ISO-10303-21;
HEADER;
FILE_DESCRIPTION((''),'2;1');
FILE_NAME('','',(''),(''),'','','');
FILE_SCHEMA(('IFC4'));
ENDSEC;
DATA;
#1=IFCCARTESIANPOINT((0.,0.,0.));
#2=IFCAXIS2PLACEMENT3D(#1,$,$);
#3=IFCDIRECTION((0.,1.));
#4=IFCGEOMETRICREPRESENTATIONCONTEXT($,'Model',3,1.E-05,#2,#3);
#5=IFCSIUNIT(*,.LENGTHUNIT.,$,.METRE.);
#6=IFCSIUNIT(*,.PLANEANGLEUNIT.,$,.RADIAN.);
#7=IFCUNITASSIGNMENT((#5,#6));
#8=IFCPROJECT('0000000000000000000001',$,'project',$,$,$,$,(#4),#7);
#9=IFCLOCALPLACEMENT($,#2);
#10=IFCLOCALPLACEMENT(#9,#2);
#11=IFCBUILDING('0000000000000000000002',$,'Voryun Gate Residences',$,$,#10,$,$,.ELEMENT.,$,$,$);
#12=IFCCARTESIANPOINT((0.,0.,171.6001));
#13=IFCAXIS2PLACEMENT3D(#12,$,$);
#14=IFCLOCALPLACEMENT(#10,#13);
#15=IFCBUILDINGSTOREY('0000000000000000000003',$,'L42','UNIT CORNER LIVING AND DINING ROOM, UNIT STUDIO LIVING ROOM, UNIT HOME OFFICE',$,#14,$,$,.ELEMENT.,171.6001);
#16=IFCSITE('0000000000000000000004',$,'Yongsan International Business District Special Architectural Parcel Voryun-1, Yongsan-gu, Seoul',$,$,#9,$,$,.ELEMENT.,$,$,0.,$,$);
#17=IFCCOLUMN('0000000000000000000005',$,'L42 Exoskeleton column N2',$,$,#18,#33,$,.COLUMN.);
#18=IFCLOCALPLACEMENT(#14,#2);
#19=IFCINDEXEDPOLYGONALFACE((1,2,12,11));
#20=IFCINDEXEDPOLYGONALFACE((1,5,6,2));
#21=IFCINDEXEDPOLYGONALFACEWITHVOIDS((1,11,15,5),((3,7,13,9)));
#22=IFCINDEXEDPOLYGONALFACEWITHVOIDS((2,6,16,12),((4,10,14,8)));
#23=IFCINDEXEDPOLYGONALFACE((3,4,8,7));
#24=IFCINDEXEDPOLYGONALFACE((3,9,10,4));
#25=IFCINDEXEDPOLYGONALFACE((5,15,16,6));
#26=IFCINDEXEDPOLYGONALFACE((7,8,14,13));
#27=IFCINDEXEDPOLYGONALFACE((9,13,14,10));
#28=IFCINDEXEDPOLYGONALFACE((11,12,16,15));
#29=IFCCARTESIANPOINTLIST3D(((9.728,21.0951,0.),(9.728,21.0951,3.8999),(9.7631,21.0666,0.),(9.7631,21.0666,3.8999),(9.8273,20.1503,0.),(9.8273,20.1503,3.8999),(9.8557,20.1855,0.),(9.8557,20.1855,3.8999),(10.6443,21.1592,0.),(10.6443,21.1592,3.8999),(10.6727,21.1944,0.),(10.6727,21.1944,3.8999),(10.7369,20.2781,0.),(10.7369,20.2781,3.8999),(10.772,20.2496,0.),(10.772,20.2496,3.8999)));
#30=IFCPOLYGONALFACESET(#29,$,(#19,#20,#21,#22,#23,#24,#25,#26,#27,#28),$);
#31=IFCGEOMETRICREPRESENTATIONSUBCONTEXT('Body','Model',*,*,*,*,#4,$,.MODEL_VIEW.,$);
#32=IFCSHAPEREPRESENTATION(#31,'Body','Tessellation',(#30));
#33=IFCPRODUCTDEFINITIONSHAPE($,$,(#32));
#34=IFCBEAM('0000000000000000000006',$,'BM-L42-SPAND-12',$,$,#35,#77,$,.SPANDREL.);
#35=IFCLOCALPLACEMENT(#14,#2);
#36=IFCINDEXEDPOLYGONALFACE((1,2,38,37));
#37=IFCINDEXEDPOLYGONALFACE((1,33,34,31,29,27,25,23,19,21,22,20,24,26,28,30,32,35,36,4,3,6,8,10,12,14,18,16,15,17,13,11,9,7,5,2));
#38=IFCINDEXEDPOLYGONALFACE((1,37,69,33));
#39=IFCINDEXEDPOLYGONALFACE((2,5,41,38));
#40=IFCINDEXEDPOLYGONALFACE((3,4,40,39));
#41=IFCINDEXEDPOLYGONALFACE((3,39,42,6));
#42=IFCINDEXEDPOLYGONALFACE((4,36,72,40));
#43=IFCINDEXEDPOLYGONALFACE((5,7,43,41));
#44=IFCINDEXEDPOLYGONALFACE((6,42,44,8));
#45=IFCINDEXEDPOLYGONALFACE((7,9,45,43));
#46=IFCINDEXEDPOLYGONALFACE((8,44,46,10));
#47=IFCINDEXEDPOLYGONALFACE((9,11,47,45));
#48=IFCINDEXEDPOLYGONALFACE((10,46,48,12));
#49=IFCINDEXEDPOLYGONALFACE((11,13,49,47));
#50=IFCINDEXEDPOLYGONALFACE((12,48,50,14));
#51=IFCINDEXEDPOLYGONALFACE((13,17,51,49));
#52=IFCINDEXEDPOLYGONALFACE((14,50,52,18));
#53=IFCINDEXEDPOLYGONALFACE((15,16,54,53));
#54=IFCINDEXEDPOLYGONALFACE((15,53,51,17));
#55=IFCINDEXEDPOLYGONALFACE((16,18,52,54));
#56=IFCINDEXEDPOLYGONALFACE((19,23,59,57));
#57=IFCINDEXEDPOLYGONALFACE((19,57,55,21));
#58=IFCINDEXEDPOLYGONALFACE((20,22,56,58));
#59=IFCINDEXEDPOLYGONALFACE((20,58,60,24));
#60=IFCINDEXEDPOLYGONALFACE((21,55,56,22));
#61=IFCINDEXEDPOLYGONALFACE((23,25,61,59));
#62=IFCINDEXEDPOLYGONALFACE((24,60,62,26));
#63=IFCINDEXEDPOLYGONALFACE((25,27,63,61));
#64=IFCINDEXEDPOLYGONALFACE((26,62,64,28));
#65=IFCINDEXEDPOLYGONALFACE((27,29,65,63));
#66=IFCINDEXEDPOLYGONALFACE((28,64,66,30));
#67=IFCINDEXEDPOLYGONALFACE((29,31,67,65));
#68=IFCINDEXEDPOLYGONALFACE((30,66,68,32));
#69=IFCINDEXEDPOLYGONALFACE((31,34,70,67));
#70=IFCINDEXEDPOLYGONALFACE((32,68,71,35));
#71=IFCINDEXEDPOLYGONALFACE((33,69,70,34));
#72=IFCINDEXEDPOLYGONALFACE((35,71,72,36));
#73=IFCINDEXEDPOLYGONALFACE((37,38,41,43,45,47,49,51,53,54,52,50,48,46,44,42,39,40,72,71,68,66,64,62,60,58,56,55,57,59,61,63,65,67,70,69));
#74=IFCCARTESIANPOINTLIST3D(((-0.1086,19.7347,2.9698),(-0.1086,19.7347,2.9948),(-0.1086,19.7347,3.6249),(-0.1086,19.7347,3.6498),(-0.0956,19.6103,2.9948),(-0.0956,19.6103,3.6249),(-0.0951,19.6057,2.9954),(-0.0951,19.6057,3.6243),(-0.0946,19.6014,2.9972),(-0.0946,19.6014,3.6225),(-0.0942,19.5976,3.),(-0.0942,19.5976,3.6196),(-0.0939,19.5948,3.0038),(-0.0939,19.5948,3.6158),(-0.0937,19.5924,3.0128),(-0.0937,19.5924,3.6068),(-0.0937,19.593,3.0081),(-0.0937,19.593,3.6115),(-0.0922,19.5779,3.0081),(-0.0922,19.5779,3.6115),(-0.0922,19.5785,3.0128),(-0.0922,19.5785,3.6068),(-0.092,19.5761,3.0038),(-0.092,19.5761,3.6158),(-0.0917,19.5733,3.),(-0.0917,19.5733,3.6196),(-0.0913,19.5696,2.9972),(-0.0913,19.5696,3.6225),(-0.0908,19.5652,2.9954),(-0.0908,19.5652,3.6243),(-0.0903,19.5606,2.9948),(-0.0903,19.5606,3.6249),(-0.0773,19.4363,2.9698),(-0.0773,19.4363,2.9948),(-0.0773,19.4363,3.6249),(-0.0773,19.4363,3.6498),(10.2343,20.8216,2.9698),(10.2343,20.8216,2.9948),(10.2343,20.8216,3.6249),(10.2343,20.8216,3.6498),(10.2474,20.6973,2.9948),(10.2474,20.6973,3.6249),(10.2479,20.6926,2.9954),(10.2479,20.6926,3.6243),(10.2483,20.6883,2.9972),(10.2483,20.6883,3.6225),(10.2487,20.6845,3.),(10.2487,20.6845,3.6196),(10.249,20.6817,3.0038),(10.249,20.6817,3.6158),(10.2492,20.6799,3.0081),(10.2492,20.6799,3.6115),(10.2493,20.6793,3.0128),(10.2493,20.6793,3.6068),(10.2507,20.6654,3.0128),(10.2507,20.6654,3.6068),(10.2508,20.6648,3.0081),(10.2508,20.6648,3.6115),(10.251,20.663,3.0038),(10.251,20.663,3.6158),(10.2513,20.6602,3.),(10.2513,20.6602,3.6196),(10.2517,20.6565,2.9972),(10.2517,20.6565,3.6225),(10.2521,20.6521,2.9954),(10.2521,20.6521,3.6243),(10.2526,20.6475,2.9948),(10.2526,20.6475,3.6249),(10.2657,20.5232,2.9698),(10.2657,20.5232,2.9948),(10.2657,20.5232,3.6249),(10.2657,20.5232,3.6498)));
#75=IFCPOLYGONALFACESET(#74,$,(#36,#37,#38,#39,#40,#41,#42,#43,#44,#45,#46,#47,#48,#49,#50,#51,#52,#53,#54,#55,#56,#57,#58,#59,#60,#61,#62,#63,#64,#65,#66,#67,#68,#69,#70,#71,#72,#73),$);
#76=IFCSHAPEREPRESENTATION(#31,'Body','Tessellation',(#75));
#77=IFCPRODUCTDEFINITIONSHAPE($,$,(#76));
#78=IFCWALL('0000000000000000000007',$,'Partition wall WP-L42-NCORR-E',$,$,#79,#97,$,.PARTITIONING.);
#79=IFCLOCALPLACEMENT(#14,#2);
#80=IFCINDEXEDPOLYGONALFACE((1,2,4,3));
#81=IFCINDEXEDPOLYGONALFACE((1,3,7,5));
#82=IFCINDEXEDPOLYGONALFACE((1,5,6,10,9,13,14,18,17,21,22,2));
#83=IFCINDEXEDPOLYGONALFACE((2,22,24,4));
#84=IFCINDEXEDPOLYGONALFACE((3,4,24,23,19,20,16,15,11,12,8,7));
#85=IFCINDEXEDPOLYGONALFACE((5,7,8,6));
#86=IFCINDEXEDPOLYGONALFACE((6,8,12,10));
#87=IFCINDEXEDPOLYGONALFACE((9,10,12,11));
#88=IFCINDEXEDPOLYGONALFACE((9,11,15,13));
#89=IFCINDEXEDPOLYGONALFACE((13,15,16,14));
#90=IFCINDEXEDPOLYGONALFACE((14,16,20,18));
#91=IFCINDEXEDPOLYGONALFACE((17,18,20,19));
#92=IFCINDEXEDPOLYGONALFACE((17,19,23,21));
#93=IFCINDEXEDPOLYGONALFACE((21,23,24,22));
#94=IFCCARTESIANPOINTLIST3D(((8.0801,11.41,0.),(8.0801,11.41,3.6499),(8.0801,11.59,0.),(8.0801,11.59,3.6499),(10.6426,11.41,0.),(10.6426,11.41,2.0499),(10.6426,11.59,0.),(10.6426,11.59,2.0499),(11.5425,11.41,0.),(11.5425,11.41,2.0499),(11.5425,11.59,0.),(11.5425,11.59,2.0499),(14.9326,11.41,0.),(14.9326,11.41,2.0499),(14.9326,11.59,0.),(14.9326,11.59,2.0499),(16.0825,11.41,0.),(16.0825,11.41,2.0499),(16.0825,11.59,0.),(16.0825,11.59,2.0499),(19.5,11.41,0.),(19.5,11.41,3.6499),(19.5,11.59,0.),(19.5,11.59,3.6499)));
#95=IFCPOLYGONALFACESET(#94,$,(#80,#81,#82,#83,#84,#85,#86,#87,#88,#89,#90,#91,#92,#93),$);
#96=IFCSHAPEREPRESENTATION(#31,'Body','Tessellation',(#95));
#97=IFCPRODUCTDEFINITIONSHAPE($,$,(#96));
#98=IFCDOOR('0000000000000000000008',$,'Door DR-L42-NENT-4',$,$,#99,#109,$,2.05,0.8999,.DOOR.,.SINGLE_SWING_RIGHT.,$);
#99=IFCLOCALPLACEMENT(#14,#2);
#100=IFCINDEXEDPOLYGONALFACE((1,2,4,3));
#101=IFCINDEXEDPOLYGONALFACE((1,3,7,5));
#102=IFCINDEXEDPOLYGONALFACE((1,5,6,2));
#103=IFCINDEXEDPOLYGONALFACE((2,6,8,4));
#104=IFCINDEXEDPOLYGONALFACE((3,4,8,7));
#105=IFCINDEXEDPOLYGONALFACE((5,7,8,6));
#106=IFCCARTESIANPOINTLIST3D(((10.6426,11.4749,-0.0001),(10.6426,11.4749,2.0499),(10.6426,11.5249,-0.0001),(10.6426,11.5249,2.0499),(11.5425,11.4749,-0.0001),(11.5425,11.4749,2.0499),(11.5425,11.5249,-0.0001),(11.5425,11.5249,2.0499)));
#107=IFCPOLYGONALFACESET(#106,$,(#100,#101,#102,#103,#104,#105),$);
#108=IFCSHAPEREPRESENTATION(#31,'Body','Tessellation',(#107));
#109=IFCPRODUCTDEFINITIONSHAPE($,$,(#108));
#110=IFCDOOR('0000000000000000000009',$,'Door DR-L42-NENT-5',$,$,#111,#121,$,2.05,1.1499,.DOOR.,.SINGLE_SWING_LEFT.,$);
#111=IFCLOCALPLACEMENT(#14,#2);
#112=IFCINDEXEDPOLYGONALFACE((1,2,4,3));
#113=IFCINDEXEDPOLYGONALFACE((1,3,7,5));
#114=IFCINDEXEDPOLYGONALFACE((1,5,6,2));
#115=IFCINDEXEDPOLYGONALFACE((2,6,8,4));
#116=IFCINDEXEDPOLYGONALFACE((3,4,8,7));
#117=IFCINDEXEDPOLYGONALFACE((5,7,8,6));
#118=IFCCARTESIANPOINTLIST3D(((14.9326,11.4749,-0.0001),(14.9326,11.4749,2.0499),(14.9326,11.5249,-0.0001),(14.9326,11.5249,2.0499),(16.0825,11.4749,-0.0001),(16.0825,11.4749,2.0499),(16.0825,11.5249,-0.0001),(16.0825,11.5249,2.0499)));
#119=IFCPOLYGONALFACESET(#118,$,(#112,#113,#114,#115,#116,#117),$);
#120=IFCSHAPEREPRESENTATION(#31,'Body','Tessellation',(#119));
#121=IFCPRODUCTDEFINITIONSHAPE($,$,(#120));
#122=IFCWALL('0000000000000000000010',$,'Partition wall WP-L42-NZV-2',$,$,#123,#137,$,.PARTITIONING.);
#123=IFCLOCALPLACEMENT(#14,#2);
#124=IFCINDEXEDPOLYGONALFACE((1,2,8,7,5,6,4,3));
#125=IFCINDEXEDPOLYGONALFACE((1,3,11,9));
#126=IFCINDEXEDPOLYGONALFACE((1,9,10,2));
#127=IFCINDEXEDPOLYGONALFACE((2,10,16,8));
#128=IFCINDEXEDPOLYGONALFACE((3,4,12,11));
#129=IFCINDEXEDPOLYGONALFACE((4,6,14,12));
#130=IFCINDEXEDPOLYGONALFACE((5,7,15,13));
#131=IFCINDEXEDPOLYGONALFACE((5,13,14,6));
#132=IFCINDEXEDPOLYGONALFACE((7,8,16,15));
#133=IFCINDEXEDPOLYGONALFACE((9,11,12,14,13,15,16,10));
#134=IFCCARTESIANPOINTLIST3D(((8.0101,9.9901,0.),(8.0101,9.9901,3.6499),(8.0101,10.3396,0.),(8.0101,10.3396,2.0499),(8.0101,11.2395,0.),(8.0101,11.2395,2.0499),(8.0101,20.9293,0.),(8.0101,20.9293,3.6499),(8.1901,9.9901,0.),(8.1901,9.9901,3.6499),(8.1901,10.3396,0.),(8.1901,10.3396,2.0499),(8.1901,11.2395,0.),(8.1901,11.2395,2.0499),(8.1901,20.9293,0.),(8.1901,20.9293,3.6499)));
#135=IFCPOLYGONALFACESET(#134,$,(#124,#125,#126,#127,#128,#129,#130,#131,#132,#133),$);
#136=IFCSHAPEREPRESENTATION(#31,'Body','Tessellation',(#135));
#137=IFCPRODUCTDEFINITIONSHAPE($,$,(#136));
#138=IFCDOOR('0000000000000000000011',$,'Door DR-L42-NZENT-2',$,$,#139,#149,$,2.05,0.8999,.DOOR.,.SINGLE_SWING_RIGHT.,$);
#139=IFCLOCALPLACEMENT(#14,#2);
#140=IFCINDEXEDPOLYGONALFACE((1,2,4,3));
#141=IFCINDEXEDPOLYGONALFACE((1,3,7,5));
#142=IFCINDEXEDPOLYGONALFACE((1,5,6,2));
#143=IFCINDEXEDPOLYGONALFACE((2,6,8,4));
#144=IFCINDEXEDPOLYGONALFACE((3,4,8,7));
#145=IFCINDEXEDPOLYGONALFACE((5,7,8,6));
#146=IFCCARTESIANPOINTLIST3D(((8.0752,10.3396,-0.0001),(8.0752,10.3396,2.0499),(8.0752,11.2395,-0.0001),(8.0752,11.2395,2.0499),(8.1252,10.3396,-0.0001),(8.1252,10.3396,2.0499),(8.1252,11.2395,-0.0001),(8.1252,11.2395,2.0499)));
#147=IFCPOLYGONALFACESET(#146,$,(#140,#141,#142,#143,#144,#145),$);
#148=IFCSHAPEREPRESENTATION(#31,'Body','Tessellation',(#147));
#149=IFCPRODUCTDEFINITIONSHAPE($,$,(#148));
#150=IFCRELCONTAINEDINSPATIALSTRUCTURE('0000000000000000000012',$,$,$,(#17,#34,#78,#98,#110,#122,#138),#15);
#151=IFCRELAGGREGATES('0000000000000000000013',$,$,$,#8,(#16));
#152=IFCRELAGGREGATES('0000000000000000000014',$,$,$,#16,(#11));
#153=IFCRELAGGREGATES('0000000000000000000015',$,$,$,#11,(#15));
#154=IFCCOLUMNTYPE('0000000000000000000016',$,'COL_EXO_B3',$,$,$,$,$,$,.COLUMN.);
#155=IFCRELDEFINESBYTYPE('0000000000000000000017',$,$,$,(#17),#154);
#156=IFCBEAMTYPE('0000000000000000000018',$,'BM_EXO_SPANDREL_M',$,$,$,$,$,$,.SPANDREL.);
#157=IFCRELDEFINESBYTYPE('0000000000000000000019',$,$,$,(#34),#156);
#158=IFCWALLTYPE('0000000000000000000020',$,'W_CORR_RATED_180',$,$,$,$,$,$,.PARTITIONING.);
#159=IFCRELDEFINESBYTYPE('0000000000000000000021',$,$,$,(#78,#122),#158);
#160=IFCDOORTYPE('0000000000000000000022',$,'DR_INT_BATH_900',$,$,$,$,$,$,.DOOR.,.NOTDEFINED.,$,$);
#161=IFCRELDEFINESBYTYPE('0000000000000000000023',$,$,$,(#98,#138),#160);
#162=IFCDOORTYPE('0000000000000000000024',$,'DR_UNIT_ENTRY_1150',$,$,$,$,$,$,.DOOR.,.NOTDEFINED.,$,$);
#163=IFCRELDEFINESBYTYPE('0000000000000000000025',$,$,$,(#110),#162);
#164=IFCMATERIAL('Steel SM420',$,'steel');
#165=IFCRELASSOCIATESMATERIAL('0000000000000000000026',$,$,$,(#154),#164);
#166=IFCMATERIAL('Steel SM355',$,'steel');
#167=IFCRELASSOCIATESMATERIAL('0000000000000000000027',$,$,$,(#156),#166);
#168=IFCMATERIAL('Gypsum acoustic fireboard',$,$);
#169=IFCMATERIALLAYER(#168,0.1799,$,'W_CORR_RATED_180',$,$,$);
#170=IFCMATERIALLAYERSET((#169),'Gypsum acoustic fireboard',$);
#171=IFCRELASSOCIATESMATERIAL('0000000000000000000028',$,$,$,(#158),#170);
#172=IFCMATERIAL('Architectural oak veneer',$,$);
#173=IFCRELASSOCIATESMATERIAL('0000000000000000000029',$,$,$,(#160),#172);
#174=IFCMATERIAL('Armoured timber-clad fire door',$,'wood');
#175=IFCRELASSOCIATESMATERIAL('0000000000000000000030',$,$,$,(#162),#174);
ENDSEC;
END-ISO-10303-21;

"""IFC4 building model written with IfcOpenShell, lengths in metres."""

from ifc_helpers import new_model, si_unit, direction, frame, frame_2d, origin, origin_2d, place, context, subcontext, project, spatial, rectangle, hollow_rectangle, i_section, extrude, material, layer, layer_set, material_profile, profile_set, type_object, element, fill, save


model = new_model("IFC4")

# Units and contexts
model_context = context("Model", 3, precision=1e-05, world=origin(), true_north=direction((0.0, 1.0)))
body_context = subcontext(model_context, "Body", "Model", "MODEL_VIEW")
ifc_project = project(units=[si_unit("LENGTHUNIT", "METRE"), si_unit("PLANEANGLEUNIT", "RADIAN")], contexts=[model_context])

# Site, building, storey
site_placement = place(None, origin())
site = spatial("IfcSite", under=ifc_project, at=site_placement, Name="Yongsan International Business District Special Architectural Parcel Voryun-1, Yongsan-gu, Seoul", CompositionType="ELEMENT", RefElevation=0.0)
building_placement = place(site_placement, origin())
building = spatial("IfcBuilding", under=site, at=building_placement, Name="Voryun Gate Residences", CompositionType="ELEMENT")
storey_placement = place(building_placement, frame((0.0, 0.0, 171.6001)))
storey = spatial("IfcBuildingStorey", under=building, at=storey_placement, Name="L42", Description="UNIT CORNER LIVING AND DINING ROOM, UNIT STUDIO LIVING ROOM, UNIT HOME OFFICE", CompositionType="ELEMENT", Elevation=171.6001)

# Column
ifc_material_1 = material(Name="Steel SM420", Category="steel")
ifc_material_profile_1 = material_profile(ifc_material_1, hollow_rectangle(XDim=0.95, YDim=0.95, WallThickness=0.032, at=origin_2d()), Name="BOX-950x950x32")
ifc_profile_set_1 = profile_set([ifc_material_profile_1], Name="Steel SM420")
column_type = type_object("IfcColumnType", Name="COL_EXO_B3", PredefinedType="COLUMN", material=ifc_profile_set_1)
column_placement = place(storey_placement, frame((10.25, 20.6724, 0.0), z_axis=(0.0, 0.0, 1.0), x_axis=(0.994522, 0.104528, 0.0)))
element("IfcColumn", 1, at=column_placement, inside=storey, type_object=column_type, Name="L42 Exoskeleton column N2", PredefinedType="COLUMN", context=body_context, shape_type="SweptSolid", body=[
    extrude(hollow_rectangle(XDim=0.95, YDim=0.95, WallThickness=0.032, at=origin_2d()), origin(), (0.0, 0.0, 1.0), 3.8999),
])

# Beam
ifc_material_2 = material(Name="Steel SM355", Category="steel")
ifc_material_profile_2 = material_profile(ifc_material_2, i_section(OverallWidth=0.3, OverallDepth=0.6799, WebThickness=0.0139, FlangeThickness=0.0249, FilletRadius=0.0181, at=origin_2d()), Name="H-680x300x14x25")
ifc_profile_set_2 = profile_set([ifc_material_profile_2], Name="Steel SM355")
beam_type = type_object("IfcBeamType", Name="BM_EXO_SPANDREL_M", PredefinedType="SPANDREL", material=ifc_profile_set_2)
beam_placement = place(storey_placement, frame((10.25, 20.6724, 3.3098), z_axis=(-0.994524, -0.104511, 0.0), x_axis=(0.104511, -0.994524, 0.0)))
element("IfcBeam", 2, at=beam_placement, inside=storey, type_object=beam_type, Name="BM-L42-SPAND-12", PredefinedType="SPANDREL", context=body_context, shape_type="SweptSolid", body=[
    extrude(i_section(OverallWidth=0.3, OverallDepth=0.6799, WebThickness=0.0139, FlangeThickness=0.0249, FilletRadius=0.0181, at=origin_2d()), origin(), (0.0, 0.0, 1.0), 10.3999),
])

# Wall, openings, doors
ifc_material_3 = material(Name="Gypsum acoustic fireboard")
ifc_layer_1 = layer(ifc_material_3, 0.1799, Name="W_CORR_RATED_180")
ifc_layer_set_1 = layer_set([ifc_layer_1], Name="Gypsum acoustic fireboard")
wall_type_1 = type_object("IfcWallType", Name="W_CORR_RATED_180", PredefinedType="PARTITIONING", material=ifc_layer_set_1)
wall_1_placement = place(storey_placement, frame((8.0801, 11.5, 0.0), z_axis=(0.0, 0.0, 1.0), x_axis=(1.0, 0.0, 0.0)))
wall_1 = element("IfcWall", 3, at=wall_1_placement, inside=storey, type_object=wall_type_1, Name="Partition wall WP-L42-NCORR-E", PredefinedType="PARTITIONING", context=body_context, shape_type="SweptSolid", body=[
    extrude(rectangle(XDim=11.4199, YDim=0.1799, at=frame_2d((5.71, 0.0))), origin(), (0.0, 0.0, 1.0), 3.6499),
])
opening_1_placement = place(wall_1_placement, frame((2.5625, 0.0, 0.0)))
opening_1 = element("IfcOpeningElement", 4, at=opening_1_placement, cuts=wall_1, PredefinedType="OPENING", context=body_context, shape_type="SweptSolid", body=[
    extrude(rectangle(XDim=0.8999, YDim=2.05, at=frame_2d((0.45, 1.0249))), frame((0.0, 0.0999, 0.0), z_axis=(0.0, -1.0, 0.0), x_axis=(1.0, 0.0, 0.0)), (0.0, 0.0, 1.0), 0.2),
])
opening_2_placement = place(wall_1_placement, frame((6.8525, 0.0, 0.0)))
opening_2 = element("IfcOpeningElement", 5, at=opening_2_placement, cuts=wall_1, PredefinedType="OPENING", context=body_context, shape_type="SweptSolid", body=[
    extrude(rectangle(XDim=1.1499, YDim=2.05, at=frame_2d((0.575, 1.0249))), frame((0.0, 0.0999, 0.0), z_axis=(0.0, -1.0, 0.0), x_axis=(1.0, 0.0, 0.0)), (0.0, 0.0, 1.0), 0.2),
])
ifc_material_4 = material(Name="Architectural oak veneer")
door_type_1 = type_object("IfcDoorType", Name="DR_INT_BATH_900", OperationType="NOTDEFINED", PredefinedType="DOOR", material=ifc_material_4)
door_1_placement = place(opening_1_placement, origin())
door_1 = element("IfcDoor", 6, at=door_1_placement, inside=storey, type_object=door_type_1, Name="Door DR-L42-NENT-4", OperationType="SINGLE_SWING_RIGHT", OverallHeight=2.05, OverallWidth=0.8999, PredefinedType="DOOR", context=body_context, shape_type="SweptSolid", body=[
    extrude(rectangle(XDim=0.8999, YDim=2.05, at=frame_2d((0.45, 1.0249))), frame((0.0, 0.0249, 0.0), z_axis=(0.0, -1.0, 0.0), x_axis=(1.0, 0.0, 0.0)), (0.0, 0.0, 1.0), 0.05),
])
fill(opening_1, door_1)
ifc_material_5 = material(Name="Armoured timber-clad fire door", Category="wood")
door_type_2 = type_object("IfcDoorType", Name="DR_UNIT_ENTRY_1150", OperationType="NOTDEFINED", PredefinedType="DOOR", material=ifc_material_5)
door_2_placement = place(opening_2_placement, origin())
door_2 = element("IfcDoor", 7, at=door_2_placement, inside=storey, type_object=door_type_2, Name="Door DR-L42-NENT-5", OperationType="SINGLE_SWING_LEFT", OverallHeight=2.05, OverallWidth=1.1499, PredefinedType="DOOR", context=body_context, shape_type="SweptSolid", body=[
    extrude(rectangle(XDim=1.1499, YDim=2.05, at=frame_2d((0.575, 1.0249))), frame((0.0, 0.0249, 0.0), z_axis=(0.0, -1.0, 0.0), x_axis=(1.0, 0.0, 0.0)), (0.0, 0.0, 1.0), 0.05),
])
fill(opening_2, door_2)

# Wall, opening, door
wall_2_placement = place(storey_placement, frame((8.1001, 9.99, 0.0), z_axis=(0.0, 0.0, 1.0), x_axis=(0.0, 1.0, 0.0)))
wall_2 = element("IfcWall", 8, at=wall_2_placement, inside=storey, type_object=wall_type_1, Name="Partition wall WP-L42-NZV-2", PredefinedType="PARTITIONING", context=body_context, shape_type="SweptSolid", body=[
    extrude(rectangle(XDim=10.9392, YDim=0.1799, at=frame_2d((5.4697, 0.0))), origin(), (0.0, 0.0, 1.0), 3.6499),
])
opening_3_placement = place(wall_2_placement, frame((0.3496, 0.0, 0.0)))
opening_3 = element("IfcOpeningElement", 9, at=opening_3_placement, cuts=wall_2, PredefinedType="OPENING", context=body_context, shape_type="SweptSolid", body=[
    extrude(rectangle(XDim=0.8999, YDim=2.05, at=frame_2d((0.45, 1.0249))), frame((0.0, 0.0999, 0.0), z_axis=(0.0, -1.0, 0.0), x_axis=(1.0, 0.0, 0.0)), (0.0, 0.0, 1.0), 0.2),
])
door_3_placement = place(opening_3_placement, origin())
door_3 = element("IfcDoor", 10, at=door_3_placement, inside=storey, type_object=door_type_1, Name="Door DR-L42-NZENT-2", OperationType="SINGLE_SWING_RIGHT", OverallHeight=2.05, OverallWidth=0.8999, PredefinedType="DOOR", context=body_context, shape_type="SweptSolid", body=[
    extrude(rectangle(XDim=0.8999, YDim=2.05, at=frame_2d((0.45, 1.0249))), frame((0.0, 0.0249, 0.0), z_axis=(0.0, -1.0, 0.0), x_axis=(1.0, 0.0, 0.0)), (0.0, 0.0, 1.0), 0.05),
])
fill(opening_3, door_3)

save(model, "model.ifc")
